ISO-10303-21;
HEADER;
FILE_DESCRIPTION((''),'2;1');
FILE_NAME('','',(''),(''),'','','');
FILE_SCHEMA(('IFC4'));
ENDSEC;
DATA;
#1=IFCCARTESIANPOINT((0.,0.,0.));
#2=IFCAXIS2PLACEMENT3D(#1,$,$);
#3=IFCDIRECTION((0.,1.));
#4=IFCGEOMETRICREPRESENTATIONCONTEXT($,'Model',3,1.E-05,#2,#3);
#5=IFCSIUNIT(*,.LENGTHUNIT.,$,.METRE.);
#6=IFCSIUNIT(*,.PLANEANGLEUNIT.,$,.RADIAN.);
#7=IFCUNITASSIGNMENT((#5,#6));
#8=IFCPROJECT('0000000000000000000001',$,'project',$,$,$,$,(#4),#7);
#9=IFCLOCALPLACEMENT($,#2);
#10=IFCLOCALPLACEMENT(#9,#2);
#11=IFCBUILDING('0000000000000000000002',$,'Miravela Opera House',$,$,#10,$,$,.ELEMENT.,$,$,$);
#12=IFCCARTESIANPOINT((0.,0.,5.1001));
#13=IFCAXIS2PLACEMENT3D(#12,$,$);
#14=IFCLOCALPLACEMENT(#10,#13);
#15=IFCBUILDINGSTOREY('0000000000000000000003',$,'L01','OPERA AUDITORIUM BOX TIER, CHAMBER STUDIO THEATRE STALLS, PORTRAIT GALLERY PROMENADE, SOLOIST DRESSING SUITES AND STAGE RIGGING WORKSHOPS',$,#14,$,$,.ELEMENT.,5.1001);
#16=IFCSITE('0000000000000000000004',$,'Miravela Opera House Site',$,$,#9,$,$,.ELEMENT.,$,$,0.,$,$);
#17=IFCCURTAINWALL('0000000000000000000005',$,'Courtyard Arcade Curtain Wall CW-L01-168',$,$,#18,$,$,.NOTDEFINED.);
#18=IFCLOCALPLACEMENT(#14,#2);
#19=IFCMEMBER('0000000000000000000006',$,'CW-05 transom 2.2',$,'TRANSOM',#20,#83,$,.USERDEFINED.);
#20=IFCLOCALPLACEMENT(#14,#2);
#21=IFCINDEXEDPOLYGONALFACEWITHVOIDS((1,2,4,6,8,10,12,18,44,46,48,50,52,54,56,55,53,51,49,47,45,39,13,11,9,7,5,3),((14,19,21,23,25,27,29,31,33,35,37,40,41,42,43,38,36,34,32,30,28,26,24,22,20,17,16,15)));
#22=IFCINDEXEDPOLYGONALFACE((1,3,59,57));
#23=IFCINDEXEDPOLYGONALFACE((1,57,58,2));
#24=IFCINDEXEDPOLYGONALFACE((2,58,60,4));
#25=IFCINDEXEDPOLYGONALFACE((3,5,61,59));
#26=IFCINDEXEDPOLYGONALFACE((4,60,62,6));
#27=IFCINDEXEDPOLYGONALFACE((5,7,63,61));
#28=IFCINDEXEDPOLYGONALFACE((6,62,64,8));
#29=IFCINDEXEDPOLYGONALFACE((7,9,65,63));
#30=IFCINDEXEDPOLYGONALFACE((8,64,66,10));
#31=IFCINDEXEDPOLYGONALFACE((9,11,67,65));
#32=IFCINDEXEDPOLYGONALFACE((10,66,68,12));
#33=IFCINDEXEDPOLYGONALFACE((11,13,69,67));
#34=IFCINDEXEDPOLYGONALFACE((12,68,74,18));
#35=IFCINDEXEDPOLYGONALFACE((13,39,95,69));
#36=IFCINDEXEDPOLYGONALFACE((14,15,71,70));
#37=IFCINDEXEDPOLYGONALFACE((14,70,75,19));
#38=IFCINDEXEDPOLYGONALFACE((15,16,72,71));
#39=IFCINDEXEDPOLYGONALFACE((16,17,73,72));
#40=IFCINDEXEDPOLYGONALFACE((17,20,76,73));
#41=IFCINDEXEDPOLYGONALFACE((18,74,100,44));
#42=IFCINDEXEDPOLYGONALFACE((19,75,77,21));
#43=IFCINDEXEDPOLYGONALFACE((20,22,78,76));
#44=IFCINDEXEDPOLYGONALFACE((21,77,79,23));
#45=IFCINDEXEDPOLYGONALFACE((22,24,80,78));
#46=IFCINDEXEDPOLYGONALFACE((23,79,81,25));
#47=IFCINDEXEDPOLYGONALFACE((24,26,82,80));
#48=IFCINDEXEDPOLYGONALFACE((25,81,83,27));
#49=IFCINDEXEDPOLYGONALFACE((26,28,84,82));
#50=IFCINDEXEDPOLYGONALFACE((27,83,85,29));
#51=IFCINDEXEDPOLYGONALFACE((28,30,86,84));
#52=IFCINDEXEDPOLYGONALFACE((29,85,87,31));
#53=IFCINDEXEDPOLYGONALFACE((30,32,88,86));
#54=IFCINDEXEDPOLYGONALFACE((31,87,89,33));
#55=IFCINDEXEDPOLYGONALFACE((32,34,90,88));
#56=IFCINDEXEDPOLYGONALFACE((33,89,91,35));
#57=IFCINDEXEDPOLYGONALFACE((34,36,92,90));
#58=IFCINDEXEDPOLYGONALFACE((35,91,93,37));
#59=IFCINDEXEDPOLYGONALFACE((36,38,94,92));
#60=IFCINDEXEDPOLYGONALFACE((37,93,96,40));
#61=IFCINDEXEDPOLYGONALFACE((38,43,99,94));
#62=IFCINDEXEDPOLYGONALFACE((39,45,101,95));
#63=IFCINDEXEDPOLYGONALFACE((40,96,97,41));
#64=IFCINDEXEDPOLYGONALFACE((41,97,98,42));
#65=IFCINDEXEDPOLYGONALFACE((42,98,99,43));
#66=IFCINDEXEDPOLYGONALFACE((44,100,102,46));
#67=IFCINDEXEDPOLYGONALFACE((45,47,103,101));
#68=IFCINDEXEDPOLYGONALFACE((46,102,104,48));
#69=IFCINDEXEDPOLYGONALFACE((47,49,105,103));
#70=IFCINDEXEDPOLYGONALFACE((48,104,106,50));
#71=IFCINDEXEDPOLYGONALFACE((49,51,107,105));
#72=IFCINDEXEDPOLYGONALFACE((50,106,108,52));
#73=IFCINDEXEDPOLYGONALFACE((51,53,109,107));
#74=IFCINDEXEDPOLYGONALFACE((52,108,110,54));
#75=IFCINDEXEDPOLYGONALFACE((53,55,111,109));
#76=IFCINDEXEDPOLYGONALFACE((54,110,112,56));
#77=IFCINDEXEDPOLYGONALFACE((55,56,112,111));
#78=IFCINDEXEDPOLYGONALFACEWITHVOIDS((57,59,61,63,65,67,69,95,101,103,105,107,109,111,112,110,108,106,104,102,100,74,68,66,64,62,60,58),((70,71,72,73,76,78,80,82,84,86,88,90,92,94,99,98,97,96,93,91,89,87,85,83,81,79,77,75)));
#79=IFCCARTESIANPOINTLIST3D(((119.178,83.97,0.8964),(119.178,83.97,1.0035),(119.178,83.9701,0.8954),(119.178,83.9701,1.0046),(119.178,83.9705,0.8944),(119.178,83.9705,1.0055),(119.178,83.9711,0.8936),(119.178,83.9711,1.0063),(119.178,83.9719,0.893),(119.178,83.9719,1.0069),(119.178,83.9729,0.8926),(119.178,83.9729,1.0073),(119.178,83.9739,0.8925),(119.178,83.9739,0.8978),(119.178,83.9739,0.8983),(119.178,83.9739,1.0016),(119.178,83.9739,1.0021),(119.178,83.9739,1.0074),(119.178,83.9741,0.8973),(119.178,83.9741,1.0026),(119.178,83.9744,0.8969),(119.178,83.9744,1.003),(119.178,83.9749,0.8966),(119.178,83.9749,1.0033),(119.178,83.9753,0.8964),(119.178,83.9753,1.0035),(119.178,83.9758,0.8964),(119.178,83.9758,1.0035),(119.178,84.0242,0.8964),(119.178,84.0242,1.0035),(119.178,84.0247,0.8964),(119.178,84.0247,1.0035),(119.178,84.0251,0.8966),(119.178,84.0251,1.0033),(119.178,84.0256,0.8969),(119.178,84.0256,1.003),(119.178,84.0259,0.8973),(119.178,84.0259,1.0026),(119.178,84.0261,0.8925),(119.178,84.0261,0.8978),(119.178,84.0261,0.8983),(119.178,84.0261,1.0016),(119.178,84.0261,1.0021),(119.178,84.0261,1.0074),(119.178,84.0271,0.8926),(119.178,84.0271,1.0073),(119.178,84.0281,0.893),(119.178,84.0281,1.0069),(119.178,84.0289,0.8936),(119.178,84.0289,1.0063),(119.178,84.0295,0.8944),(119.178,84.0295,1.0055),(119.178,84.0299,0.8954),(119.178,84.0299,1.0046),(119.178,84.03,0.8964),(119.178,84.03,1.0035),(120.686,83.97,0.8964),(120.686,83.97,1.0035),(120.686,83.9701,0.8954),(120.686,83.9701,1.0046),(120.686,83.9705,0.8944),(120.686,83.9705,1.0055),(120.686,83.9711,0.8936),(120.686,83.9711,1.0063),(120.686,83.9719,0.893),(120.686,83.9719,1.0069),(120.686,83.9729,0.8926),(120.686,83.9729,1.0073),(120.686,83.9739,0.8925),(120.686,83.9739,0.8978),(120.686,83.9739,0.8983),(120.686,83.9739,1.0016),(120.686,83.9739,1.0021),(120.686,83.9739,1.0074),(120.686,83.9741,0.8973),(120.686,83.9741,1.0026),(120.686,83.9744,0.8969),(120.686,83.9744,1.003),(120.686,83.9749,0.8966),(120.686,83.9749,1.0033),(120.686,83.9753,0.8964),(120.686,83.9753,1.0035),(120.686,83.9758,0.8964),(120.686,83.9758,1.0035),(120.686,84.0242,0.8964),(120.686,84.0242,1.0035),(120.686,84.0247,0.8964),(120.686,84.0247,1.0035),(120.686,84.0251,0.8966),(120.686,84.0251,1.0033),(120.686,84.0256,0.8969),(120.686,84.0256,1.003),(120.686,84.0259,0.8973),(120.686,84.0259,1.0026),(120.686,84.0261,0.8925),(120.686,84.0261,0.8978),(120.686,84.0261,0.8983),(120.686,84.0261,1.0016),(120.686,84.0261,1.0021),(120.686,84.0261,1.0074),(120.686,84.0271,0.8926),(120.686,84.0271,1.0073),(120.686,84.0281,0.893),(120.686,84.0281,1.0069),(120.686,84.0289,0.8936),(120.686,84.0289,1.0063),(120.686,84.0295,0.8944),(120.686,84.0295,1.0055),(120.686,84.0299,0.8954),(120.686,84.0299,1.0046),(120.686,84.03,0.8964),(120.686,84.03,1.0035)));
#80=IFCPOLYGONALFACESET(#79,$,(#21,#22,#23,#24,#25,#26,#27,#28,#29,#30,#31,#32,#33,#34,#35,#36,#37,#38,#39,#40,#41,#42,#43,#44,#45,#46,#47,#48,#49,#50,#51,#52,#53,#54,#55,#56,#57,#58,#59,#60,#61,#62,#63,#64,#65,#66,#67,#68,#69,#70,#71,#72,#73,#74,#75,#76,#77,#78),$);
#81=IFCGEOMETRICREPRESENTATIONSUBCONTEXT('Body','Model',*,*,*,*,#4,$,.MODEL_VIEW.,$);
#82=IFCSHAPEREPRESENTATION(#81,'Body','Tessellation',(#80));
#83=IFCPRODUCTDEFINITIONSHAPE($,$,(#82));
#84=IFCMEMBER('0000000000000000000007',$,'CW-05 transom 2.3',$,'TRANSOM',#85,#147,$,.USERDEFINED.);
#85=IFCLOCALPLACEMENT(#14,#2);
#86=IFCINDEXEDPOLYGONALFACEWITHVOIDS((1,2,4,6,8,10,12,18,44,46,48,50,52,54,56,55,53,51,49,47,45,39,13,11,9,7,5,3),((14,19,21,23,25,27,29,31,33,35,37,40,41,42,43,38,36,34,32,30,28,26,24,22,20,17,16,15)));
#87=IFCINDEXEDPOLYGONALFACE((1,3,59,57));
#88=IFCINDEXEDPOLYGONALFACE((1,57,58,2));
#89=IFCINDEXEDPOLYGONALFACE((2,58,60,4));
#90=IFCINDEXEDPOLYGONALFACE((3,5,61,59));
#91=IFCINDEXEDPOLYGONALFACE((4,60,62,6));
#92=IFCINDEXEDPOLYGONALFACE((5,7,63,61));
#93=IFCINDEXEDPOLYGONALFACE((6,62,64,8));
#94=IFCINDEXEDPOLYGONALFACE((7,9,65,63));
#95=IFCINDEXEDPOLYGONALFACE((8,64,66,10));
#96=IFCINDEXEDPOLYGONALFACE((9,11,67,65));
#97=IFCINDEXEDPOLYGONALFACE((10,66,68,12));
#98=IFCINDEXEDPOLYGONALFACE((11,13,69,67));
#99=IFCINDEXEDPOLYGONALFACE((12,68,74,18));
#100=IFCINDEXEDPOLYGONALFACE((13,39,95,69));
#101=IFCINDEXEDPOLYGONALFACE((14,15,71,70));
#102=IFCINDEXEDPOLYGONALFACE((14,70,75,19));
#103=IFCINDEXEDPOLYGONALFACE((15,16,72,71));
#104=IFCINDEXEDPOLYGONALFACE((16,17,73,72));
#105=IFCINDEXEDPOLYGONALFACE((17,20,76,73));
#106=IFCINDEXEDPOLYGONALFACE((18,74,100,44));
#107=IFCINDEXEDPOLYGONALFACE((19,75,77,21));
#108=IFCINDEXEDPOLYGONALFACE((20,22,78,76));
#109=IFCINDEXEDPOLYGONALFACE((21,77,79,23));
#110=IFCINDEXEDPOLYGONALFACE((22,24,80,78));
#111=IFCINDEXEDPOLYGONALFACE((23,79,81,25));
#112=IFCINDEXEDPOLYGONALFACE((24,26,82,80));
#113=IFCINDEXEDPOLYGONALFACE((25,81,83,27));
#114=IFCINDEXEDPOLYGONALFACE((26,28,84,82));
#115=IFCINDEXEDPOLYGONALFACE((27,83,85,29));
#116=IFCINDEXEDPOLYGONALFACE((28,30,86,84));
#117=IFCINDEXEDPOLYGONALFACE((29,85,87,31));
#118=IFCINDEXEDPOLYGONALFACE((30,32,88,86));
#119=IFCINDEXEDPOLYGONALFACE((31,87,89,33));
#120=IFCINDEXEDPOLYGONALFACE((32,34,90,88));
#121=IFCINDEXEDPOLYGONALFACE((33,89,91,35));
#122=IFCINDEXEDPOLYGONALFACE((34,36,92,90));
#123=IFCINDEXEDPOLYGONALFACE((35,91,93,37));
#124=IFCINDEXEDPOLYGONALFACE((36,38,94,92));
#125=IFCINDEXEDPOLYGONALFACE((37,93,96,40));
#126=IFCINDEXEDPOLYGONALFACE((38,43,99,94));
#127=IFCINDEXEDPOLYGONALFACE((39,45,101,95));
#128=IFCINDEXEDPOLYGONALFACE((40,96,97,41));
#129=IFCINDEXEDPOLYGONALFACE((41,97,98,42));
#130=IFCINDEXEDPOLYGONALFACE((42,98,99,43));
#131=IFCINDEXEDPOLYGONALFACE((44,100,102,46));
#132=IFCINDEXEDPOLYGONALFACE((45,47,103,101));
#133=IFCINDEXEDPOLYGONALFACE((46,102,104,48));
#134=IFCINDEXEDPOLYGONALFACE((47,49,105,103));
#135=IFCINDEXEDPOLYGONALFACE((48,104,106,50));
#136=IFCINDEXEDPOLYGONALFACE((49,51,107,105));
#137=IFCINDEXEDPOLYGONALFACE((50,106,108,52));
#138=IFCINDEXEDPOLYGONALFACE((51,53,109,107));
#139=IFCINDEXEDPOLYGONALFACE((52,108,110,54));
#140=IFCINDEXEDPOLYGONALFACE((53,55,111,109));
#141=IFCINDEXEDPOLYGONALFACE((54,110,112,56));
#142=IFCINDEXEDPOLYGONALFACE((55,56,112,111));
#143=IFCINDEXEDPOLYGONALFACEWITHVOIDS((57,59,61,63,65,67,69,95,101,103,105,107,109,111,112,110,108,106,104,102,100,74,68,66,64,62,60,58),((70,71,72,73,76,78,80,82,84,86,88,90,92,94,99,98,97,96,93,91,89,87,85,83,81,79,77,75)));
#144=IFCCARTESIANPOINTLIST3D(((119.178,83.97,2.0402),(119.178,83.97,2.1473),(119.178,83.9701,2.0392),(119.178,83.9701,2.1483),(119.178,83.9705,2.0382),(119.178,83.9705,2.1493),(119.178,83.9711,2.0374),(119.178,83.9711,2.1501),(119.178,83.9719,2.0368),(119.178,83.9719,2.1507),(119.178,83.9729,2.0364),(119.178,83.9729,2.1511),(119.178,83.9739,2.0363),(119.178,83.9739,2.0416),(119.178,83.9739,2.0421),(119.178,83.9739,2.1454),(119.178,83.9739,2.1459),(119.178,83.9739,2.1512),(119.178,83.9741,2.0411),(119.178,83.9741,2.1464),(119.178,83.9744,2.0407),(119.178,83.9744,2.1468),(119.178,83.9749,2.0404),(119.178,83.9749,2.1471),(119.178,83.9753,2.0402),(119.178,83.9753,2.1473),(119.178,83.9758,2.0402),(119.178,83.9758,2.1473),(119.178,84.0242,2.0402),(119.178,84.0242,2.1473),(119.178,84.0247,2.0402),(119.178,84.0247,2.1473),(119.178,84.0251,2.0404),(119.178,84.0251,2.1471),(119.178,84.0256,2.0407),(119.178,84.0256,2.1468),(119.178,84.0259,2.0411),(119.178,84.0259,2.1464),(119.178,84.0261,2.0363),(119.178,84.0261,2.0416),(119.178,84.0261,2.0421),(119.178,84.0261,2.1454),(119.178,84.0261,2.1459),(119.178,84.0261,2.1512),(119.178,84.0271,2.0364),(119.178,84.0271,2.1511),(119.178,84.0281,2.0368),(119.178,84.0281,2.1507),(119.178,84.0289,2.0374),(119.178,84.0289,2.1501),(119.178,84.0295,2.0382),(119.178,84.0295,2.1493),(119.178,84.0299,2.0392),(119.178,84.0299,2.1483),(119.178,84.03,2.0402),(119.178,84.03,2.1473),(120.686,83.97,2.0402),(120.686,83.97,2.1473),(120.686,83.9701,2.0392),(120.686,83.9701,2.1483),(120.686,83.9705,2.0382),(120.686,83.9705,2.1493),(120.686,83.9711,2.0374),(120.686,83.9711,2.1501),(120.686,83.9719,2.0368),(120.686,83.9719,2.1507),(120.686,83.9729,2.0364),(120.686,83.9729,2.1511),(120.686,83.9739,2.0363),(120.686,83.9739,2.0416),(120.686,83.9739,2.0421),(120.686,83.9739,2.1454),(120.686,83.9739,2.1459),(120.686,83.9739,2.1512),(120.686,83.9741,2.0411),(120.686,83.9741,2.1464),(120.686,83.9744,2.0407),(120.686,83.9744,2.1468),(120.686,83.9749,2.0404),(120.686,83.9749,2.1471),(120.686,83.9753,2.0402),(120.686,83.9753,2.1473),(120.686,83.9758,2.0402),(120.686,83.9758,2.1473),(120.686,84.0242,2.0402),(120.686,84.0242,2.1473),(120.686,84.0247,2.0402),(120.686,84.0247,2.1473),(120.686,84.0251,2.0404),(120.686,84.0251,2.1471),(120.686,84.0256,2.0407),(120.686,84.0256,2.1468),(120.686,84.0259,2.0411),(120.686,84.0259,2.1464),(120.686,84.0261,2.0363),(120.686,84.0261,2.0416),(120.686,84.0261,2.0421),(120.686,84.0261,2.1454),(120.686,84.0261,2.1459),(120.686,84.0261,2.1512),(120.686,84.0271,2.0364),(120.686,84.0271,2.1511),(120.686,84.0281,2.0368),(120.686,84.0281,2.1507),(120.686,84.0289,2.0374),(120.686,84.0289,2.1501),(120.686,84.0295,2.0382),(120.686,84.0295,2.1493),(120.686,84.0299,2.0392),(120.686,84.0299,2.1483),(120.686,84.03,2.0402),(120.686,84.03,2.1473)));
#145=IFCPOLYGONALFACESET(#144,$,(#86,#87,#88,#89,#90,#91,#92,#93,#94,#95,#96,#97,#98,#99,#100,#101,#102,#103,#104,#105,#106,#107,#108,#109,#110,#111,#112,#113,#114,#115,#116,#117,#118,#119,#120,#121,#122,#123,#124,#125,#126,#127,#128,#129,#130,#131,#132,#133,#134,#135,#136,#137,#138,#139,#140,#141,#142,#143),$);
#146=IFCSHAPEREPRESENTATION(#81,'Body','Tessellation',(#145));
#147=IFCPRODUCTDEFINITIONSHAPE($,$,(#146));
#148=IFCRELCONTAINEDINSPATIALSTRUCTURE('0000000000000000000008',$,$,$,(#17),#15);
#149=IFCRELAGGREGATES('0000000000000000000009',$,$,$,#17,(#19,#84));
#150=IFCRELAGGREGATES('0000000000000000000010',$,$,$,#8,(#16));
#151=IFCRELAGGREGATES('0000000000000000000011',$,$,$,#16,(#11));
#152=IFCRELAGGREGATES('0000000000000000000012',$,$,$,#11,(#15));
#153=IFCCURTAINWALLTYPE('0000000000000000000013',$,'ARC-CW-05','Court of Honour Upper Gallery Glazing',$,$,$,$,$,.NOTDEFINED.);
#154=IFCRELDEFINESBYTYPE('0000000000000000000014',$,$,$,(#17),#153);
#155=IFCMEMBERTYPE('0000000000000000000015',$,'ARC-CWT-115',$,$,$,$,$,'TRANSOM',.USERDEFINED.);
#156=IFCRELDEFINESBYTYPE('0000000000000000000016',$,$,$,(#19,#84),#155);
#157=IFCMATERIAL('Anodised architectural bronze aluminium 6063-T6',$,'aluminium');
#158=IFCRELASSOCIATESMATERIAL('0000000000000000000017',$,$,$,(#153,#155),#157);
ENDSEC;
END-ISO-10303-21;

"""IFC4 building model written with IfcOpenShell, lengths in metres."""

from ifc_helpers import new_model, si_unit, direction, frame, origin, origin_2d, place, context, subcontext, project, spatial, hollow_rectangle, extrude, material, material_profile, profile_set, type_object, element, aggregate, save


model = new_model("IFC4")

# Units and contexts
model_context = context("Model", 3, precision=1e-05, world=origin(), true_north=direction((0.0, 1.0)))
body_context = subcontext(model_context, "Body", "Model", "MODEL_VIEW")
ifc_project = project(units=[si_unit("LENGTHUNIT", "METRE"), si_unit("PLANEANGLEUNIT", "RADIAN")], contexts=[model_context])

# Site, building, storey
site_placement = place(None, origin())
site = spatial("IfcSite", under=ifc_project, at=site_placement, Name="Miravela Opera House Site", CompositionType="ELEMENT", RefElevation=0.0)
building_placement = place(site_placement, origin())
building = spatial("IfcBuilding", under=site, at=building_placement, Name="Miravela Opera House", CompositionType="ELEMENT")
storey_placement = place(building_placement, frame((0.0, 0.0, 5.1001)))
storey = spatial("IfcBuildingStorey", under=building, at=storey_placement, Name="L01", Description="OPERA AUDITORIUM BOX TIER, CHAMBER STUDIO THEATRE STALLS, PORTRAIT GALLERY PROMENADE, SOLOIST DRESSING SUITES AND STAGE RIGGING WORKSHOPS", CompositionType="ELEMENT", Elevation=5.1001)

# Curtain wall, members
ifc_material_1 = material(Name="Anodised architectural bronze aluminium 6063-T6", Category="aluminium")
curtain_wall_type = type_object("IfcCurtainWallType", Name="ARC-CW-05", Description="Court of Honour Upper Gallery Glazing", PredefinedType="NOTDEFINED", material=ifc_material_1)
curtain_wall_placement = place(storey_placement, origin())
curtain_wall = element("IfcCurtainWall", 1, at=curtain_wall_placement, inside=storey, type_object=curtain_wall_type, Name="Courtyard Arcade Curtain Wall CW-L01-168", PredefinedType="NOTDEFINED")
ifc_material_profile_1 = material_profile(ifc_material_1, hollow_rectangle(XDim=0.0601, YDim=0.115, WallThickness=0.0039, InnerFilletRadius=0.002, OuterFilletRadius=0.0039, at=origin_2d()), Name="CWT-60X115")
ifc_profile_set_1 = profile_set([ifc_material_profile_1])
member_type_1 = type_object("IfcMemberType", Name="ARC-CWT-115", ElementType="TRANSOM", PredefinedType="USERDEFINED", material=ifc_profile_set_1)
member_1_placement = place(storey_placement, frame((119.178, 84.0, 0.95), z_axis=(1.0, 0.0, 0.0), x_axis=(0.0, 1.0, 0.0)))
member_1 = element("IfcMember", 2, at=member_1_placement, type_object=member_type_1, Name="CW-05 transom 2.2", ObjectType="TRANSOM", PredefinedType="USERDEFINED", context=body_context, shape_type="SweptSolid", body=[
    extrude(hollow_rectangle(XDim=0.0601, YDim=0.115, WallThickness=0.0039, InnerFilletRadius=0.002, OuterFilletRadius=0.0039, at=origin_2d()), origin(), (0.0, 0.0, 1.0), 1.5081),
])
member_2_placement = place(storey_placement, frame((119.178, 84.0, 2.0938), z_axis=(1.0, 0.0, 0.0), x_axis=(0.0, 1.0, 0.0)))
member_2 = element("IfcMember", 3, at=member_2_placement, type_object=member_type_1, Name="CW-05 transom 2.3", ObjectType="TRANSOM", PredefinedType="USERDEFINED", context=body_context, shape_type="SweptSolid", body=[
    extrude(hollow_rectangle(XDim=0.0601, YDim=0.115, WallThickness=0.0039, InnerFilletRadius=0.002, OuterFilletRadius=0.0039, at=origin_2d()), origin(), (0.0, 0.0, 1.0), 1.5081),
])
aggregate(curtain_wall, [member_1, member_2])

save(model, "model.ifc")
